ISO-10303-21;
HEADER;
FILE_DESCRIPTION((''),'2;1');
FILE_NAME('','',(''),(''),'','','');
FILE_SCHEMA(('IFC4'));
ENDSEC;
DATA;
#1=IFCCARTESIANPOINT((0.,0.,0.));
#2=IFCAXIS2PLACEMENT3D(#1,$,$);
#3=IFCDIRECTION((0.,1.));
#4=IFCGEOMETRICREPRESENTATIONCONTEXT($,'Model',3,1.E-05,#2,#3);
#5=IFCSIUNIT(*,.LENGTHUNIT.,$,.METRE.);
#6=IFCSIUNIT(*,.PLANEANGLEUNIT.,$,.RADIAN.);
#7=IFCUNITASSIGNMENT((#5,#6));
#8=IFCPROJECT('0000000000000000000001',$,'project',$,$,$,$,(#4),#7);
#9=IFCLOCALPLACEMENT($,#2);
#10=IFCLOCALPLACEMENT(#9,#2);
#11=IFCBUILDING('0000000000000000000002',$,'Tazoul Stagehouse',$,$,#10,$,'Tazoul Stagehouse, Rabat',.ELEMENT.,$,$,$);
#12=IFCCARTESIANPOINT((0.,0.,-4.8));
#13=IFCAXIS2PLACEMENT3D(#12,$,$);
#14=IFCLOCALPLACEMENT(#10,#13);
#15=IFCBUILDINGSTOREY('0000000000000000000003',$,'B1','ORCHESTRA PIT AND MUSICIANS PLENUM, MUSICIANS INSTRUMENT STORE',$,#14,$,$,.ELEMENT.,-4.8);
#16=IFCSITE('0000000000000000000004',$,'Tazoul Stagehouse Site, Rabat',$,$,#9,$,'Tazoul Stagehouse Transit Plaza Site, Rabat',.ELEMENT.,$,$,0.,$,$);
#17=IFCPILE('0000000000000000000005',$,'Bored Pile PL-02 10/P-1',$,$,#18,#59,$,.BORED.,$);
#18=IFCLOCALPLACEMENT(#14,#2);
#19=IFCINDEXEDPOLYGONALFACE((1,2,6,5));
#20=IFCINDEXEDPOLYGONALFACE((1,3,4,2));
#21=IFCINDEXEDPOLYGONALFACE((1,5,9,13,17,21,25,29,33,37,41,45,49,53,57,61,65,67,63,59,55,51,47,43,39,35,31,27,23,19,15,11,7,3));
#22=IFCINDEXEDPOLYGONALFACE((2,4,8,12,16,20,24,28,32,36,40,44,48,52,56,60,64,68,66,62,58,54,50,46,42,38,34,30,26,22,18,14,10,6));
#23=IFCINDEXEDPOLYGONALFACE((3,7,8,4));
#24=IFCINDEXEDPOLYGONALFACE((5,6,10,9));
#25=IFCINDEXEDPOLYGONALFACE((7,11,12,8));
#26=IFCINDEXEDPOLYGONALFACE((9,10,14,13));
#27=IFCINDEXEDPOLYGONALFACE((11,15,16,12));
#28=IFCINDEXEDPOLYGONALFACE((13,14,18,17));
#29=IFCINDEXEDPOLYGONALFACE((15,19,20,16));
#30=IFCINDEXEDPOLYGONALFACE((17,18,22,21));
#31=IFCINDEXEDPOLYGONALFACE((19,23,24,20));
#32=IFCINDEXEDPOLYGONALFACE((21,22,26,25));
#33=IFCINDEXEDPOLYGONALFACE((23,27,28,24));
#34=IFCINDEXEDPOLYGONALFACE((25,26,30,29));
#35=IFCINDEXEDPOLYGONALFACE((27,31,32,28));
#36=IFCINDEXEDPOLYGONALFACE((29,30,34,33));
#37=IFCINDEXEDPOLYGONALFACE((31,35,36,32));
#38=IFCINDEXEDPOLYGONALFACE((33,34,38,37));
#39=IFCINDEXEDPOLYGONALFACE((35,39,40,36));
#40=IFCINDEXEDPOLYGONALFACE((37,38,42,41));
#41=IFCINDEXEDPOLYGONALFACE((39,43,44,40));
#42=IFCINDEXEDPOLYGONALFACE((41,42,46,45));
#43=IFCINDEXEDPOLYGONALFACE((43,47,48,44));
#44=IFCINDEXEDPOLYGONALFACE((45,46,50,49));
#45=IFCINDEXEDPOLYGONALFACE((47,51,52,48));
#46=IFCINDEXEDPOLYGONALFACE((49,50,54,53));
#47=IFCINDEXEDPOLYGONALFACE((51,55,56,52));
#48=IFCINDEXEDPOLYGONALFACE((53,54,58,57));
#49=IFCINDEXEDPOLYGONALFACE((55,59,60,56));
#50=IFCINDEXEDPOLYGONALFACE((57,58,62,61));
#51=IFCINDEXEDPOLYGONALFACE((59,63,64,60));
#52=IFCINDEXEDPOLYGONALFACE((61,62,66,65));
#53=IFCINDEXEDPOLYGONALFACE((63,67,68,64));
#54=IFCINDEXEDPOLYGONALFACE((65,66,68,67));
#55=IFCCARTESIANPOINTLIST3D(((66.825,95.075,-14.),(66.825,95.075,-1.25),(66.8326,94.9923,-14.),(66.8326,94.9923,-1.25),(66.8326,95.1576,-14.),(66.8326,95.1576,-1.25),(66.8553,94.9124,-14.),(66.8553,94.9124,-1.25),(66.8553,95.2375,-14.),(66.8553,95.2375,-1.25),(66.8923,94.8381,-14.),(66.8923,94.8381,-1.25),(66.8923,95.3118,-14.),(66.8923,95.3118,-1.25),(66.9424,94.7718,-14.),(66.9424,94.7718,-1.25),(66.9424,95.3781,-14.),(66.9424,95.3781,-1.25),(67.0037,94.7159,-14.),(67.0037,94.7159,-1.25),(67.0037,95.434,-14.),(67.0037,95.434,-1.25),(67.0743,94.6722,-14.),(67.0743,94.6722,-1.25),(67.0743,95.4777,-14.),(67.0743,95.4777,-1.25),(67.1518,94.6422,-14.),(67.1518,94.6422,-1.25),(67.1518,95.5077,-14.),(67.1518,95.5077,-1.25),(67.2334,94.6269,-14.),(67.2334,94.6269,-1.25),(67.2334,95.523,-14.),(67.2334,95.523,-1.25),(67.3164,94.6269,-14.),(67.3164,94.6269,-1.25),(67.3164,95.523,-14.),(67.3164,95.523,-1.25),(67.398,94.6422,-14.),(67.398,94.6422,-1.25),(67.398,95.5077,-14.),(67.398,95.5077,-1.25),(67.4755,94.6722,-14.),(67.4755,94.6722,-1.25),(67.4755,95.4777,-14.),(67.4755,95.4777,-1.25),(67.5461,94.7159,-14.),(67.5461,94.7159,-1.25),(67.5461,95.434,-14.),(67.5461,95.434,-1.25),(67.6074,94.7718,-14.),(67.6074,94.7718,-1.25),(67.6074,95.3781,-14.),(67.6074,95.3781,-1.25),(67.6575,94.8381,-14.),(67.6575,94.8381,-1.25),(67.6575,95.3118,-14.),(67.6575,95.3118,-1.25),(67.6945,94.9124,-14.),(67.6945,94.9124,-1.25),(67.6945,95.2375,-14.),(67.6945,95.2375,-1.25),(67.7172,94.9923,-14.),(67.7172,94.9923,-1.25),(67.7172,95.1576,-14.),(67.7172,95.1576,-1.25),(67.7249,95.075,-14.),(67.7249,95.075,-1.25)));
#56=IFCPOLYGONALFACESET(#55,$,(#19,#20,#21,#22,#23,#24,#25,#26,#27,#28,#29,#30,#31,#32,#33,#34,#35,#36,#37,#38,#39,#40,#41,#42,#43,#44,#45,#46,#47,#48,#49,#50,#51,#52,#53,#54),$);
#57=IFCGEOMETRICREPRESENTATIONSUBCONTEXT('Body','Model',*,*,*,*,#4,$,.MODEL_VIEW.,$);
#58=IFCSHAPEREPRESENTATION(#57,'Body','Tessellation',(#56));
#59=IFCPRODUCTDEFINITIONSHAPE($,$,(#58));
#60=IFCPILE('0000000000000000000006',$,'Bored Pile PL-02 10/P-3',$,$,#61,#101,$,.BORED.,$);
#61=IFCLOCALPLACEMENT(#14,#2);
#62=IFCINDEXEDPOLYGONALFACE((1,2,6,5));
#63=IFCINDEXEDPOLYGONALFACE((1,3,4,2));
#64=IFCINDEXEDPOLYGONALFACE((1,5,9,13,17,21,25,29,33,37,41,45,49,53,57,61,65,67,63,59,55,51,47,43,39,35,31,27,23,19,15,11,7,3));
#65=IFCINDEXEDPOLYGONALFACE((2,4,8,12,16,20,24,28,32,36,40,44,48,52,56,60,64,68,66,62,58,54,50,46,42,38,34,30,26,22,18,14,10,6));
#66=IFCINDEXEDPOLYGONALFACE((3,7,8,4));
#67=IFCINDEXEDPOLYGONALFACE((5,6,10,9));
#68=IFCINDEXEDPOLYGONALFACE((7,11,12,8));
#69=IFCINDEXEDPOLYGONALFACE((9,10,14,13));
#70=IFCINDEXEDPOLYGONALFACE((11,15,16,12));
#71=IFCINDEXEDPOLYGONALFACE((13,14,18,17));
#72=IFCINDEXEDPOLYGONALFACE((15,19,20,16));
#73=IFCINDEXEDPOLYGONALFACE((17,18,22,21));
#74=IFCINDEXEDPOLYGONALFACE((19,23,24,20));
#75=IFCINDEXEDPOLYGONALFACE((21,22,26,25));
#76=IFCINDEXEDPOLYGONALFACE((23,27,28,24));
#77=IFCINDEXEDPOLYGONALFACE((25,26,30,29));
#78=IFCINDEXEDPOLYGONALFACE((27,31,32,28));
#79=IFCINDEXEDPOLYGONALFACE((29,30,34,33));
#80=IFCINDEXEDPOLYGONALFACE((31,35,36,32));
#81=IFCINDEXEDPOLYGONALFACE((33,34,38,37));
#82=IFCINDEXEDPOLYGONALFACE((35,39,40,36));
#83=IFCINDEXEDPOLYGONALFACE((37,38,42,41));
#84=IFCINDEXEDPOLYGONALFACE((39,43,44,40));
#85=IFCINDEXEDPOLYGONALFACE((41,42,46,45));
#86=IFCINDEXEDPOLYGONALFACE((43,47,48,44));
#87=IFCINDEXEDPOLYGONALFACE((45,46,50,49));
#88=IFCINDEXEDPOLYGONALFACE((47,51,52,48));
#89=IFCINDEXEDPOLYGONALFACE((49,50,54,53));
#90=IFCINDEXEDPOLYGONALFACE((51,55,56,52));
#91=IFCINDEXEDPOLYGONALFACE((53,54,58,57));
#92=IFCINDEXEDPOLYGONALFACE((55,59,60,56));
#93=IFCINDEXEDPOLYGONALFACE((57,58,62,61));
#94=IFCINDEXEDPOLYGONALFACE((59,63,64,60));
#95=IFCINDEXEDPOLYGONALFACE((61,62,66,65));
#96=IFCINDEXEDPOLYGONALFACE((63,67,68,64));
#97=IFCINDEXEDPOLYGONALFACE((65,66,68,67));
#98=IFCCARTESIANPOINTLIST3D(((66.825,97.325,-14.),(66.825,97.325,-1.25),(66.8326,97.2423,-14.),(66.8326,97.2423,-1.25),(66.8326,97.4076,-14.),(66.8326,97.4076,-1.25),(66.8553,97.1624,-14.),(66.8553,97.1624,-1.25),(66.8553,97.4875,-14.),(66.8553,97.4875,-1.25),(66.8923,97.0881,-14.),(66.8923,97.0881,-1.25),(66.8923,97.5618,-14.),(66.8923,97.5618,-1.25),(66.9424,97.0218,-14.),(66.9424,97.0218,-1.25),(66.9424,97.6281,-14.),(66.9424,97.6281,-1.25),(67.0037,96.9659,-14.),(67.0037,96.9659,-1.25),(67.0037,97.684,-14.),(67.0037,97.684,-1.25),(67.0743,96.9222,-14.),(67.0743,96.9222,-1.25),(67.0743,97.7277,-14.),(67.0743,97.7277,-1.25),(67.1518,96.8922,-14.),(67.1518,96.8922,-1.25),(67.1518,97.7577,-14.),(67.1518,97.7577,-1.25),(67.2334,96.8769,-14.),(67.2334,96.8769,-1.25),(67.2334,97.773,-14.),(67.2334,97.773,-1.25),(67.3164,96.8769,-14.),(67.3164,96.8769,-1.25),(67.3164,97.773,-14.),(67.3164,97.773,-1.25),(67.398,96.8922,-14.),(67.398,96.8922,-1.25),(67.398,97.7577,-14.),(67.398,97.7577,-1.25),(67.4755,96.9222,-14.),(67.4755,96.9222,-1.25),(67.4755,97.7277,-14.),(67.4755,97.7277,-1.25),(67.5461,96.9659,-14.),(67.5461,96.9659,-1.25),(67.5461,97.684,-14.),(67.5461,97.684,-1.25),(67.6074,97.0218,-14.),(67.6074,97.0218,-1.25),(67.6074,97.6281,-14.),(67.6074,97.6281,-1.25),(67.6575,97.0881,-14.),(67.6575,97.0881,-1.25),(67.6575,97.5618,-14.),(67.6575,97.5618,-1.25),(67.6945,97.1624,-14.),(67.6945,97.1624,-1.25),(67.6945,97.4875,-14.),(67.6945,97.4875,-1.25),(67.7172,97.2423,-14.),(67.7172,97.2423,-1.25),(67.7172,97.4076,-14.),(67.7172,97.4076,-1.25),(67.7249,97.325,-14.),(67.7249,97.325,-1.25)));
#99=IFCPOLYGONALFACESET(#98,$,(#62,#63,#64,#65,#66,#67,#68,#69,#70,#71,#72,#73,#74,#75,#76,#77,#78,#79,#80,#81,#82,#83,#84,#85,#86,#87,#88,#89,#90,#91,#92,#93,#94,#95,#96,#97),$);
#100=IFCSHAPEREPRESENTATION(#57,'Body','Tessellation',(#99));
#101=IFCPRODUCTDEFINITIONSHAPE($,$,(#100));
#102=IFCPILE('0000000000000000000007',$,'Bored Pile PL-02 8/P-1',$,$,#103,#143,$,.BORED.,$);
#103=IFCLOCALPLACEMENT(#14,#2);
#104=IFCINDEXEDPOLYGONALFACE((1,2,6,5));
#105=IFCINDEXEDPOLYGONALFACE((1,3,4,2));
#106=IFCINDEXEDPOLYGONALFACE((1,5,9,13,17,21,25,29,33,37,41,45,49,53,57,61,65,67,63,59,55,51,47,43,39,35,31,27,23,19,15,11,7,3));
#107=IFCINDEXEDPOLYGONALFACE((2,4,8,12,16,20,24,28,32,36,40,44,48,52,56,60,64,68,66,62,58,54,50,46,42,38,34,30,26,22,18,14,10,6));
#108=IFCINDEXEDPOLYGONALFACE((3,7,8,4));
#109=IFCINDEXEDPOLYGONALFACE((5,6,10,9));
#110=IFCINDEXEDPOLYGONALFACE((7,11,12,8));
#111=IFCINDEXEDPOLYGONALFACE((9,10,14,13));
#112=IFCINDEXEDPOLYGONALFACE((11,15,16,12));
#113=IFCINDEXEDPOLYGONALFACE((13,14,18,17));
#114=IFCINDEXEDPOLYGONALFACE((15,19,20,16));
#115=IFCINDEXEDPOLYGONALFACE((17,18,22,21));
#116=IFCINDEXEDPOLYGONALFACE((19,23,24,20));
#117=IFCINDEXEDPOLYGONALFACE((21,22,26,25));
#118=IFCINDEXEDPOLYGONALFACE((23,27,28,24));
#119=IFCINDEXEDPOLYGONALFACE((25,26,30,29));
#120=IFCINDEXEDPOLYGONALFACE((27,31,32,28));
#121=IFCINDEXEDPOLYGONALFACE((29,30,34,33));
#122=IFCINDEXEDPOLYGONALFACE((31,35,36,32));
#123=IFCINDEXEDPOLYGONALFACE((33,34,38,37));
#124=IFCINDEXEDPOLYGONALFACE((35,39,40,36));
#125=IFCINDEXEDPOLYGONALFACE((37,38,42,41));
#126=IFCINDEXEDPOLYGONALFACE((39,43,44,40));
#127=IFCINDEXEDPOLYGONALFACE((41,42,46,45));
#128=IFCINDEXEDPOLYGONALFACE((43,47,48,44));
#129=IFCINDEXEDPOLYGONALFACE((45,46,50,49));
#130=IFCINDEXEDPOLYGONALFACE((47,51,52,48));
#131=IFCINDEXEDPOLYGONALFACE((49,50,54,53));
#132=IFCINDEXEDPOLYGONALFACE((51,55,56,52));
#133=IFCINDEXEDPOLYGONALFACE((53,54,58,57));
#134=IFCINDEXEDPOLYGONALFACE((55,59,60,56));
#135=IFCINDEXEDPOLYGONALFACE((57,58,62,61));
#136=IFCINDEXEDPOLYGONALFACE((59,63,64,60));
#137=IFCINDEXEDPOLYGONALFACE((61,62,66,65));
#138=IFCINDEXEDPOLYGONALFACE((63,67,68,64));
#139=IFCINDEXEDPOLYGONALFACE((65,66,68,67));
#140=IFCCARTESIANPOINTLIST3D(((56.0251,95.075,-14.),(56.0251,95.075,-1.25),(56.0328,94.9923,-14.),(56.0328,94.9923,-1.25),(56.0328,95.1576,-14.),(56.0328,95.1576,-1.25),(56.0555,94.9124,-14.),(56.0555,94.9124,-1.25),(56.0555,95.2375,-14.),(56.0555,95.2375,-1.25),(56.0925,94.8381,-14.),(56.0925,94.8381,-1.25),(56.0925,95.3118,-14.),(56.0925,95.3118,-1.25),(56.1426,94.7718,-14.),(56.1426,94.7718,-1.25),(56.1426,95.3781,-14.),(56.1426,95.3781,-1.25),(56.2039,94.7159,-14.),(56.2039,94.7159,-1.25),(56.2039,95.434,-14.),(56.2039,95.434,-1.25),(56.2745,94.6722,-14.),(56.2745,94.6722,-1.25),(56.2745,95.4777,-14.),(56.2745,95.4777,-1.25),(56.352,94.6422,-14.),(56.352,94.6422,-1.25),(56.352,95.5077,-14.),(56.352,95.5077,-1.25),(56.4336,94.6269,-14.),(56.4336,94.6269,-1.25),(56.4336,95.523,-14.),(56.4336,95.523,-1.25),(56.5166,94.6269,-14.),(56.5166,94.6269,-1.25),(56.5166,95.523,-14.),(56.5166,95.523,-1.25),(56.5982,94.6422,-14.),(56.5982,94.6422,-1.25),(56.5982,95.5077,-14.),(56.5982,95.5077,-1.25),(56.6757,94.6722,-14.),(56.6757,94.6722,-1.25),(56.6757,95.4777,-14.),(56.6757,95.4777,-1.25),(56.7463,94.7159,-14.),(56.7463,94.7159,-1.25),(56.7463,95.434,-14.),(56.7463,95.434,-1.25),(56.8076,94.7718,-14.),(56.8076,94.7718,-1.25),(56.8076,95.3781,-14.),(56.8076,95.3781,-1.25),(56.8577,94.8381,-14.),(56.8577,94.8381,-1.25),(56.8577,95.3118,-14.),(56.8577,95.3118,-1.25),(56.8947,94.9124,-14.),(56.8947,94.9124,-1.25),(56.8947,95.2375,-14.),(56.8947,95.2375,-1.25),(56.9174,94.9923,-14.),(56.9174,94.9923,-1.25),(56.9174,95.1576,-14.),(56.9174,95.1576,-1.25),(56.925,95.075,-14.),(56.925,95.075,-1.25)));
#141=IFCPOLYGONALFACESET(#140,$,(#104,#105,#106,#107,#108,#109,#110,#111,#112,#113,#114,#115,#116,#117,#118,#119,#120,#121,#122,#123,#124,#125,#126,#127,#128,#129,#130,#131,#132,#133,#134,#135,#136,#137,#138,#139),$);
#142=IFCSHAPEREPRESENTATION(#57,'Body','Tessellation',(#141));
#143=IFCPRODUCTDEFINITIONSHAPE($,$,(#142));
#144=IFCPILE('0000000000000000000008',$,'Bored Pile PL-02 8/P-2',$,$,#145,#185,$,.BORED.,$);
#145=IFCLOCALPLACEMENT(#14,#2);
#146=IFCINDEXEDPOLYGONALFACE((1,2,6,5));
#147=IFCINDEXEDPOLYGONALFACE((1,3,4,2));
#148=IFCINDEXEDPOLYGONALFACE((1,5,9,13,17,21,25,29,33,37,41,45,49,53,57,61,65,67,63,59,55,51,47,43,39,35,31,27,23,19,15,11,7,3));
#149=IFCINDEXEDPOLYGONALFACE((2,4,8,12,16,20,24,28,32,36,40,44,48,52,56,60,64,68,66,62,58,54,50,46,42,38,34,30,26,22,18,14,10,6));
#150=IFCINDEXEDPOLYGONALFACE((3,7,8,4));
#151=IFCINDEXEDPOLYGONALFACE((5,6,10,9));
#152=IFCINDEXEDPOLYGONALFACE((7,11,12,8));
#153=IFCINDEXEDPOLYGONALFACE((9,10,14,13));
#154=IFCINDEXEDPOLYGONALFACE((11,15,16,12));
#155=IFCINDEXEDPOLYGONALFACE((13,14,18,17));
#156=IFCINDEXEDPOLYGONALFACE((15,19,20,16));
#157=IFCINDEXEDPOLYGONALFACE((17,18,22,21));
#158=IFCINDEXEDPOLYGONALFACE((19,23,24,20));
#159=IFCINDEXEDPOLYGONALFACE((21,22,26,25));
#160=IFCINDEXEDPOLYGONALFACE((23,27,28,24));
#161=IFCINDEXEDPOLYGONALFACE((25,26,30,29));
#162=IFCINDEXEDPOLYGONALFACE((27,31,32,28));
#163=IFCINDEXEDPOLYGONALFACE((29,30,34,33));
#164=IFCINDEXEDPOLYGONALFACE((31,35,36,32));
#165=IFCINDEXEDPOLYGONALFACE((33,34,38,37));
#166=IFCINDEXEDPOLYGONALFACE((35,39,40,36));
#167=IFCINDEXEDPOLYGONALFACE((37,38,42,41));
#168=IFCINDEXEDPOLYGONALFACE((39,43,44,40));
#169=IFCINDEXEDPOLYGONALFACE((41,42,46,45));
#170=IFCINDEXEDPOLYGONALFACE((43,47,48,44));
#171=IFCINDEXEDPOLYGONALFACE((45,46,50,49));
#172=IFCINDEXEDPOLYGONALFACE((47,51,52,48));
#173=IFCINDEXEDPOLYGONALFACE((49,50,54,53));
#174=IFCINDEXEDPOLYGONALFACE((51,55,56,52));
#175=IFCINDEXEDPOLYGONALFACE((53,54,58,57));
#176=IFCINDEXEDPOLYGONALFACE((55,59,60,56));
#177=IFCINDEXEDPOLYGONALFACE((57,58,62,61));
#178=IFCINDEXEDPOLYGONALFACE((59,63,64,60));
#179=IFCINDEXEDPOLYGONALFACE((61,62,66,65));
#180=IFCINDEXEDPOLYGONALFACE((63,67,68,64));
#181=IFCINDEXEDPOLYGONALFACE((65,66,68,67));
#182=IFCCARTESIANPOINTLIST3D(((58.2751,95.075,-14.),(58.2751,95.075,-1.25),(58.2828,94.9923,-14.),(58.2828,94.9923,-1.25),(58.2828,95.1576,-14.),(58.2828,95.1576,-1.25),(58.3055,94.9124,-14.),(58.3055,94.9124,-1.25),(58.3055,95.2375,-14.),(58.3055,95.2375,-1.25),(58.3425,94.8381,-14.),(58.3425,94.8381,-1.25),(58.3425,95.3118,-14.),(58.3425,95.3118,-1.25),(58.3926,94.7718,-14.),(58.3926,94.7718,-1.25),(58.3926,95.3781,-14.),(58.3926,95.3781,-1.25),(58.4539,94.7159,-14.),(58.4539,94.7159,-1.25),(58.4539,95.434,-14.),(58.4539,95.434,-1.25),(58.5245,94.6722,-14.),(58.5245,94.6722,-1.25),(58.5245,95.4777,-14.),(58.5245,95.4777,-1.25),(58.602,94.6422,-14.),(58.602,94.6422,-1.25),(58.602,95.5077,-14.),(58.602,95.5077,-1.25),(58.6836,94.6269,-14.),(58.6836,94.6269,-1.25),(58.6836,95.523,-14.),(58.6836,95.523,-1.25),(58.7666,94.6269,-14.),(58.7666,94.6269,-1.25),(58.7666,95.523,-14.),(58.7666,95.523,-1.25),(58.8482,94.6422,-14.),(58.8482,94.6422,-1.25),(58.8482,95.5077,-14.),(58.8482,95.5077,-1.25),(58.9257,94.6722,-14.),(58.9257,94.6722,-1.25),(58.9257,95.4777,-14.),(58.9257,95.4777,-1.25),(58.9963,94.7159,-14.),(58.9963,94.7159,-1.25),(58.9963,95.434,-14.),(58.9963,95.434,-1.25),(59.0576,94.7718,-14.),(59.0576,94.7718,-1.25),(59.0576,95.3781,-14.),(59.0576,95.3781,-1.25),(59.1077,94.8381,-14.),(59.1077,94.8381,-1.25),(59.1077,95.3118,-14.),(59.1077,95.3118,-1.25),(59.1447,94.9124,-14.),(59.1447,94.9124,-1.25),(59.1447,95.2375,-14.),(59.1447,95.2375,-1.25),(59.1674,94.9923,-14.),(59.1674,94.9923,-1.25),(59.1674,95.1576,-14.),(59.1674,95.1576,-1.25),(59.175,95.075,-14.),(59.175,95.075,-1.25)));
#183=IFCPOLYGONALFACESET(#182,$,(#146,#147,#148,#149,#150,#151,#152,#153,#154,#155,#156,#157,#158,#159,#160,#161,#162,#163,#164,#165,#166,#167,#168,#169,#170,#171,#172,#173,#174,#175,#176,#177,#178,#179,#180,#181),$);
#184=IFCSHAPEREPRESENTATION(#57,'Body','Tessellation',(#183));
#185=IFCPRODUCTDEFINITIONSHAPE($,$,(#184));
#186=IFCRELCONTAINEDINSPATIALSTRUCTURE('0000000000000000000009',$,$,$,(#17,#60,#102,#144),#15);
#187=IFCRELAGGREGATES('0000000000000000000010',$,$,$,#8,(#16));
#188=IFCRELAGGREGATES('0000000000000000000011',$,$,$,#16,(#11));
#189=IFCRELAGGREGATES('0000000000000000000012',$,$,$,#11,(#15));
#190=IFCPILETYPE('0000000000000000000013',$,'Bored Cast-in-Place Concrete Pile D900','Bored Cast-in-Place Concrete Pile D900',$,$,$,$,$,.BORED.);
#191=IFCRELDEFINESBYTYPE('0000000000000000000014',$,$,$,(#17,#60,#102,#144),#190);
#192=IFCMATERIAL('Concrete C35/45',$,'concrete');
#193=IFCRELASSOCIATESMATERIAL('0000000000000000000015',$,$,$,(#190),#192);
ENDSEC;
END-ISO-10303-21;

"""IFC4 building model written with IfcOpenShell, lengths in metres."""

from ifc_helpers import new_model, si_unit, direction, frame, origin, origin_2d, place, context, subcontext, project, spatial, circle, extrude, material, material_profile, profile_set, type_object, element, save


model = new_model("IFC4")

# Units and contexts
model_context = context("Model", 3, precision=1e-05, world=origin(), true_north=direction((0.0, 1.0)))
body_context = subcontext(model_context, "Body", "Model", "MODEL_VIEW")
ifc_project = project(units=[si_unit("LENGTHUNIT", "METRE"), si_unit("PLANEANGLEUNIT", "RADIAN")], contexts=[model_context])

# Site, building, storey
site_placement = place(None, origin())
site = spatial("IfcSite", under=ifc_project, at=site_placement, Name="Tazoul Stagehouse Site, Rabat", LongName="Tazoul Stagehouse Transit Plaza Site, Rabat", CompositionType="ELEMENT", RefElevation=0.0)
building_placement = place(site_placement, origin())
building = spatial("IfcBuilding", under=site, at=building_placement, Name="Tazoul Stagehouse", LongName="Tazoul Stagehouse, Rabat", CompositionType="ELEMENT")
storey_placement = place(building_placement, frame((0.0, 0.0, -4.8)))
storey = spatial("IfcBuildingStorey", under=building, at=storey_placement, Name="B1", Description="ORCHESTRA PIT AND MUSICIANS PLENUM, MUSICIANS INSTRUMENT STORE", CompositionType="ELEMENT", Elevation=-4.8)

# Piles
ifc_material_1 = material(Name="Concrete C35/45", Category="concrete")
ifc_material_profile_1 = material_profile(ifc_material_1, circle(Radius=0.45, at=origin_2d()), Name="BORED PILE 900")
ifc_profile_set_1 = profile_set([ifc_material_profile_1], Name="Concrete C35/45")
pile_type = type_object("IfcPileType", Name="Bored Cast-in-Place Concrete Pile D900", Description="Bored Cast-in-Place Concrete Pile D900", PredefinedType="BORED", material=ifc_profile_set_1)
for number, where, z_axis, x_axis, name in (
    (1, (67.2749, 95.075, -1.25), (0.0, 0.0, -1.0), (1.0, 0.0, 0.0), "Bored Pile PL-02 10/P-1"),
    (2, (67.2749, 97.325, -1.25), (0.0, 0.0, -1.0), (1.0, 0.0, 0.0), "Bored Pile PL-02 10/P-3"),
    (3, (56.4751, 95.075, -1.25), (0.0, 0.0, -1.0), (1.0, 0.0, 0.0), "Bored Pile PL-02 8/P-1"),
    (4, (58.7251, 95.075, -1.25), (0.0, 0.0, -1.0), (1.0, 0.0, 0.0), "Bored Pile PL-02 8/P-2"),
):
    element("IfcPile", number, at=place(storey_placement, frame(where, z_axis=z_axis, x_axis=x_axis)), inside=storey, type_object=pile_type, Name=name, PredefinedType="BORED", context=body_context, shape_type="SweptSolid", body=[
        extrude(circle(Radius=0.45, at=origin_2d()), origin(), (0.0, 0.0, 1.0), 12.75),
    ])

save(model, "model.ifc")
